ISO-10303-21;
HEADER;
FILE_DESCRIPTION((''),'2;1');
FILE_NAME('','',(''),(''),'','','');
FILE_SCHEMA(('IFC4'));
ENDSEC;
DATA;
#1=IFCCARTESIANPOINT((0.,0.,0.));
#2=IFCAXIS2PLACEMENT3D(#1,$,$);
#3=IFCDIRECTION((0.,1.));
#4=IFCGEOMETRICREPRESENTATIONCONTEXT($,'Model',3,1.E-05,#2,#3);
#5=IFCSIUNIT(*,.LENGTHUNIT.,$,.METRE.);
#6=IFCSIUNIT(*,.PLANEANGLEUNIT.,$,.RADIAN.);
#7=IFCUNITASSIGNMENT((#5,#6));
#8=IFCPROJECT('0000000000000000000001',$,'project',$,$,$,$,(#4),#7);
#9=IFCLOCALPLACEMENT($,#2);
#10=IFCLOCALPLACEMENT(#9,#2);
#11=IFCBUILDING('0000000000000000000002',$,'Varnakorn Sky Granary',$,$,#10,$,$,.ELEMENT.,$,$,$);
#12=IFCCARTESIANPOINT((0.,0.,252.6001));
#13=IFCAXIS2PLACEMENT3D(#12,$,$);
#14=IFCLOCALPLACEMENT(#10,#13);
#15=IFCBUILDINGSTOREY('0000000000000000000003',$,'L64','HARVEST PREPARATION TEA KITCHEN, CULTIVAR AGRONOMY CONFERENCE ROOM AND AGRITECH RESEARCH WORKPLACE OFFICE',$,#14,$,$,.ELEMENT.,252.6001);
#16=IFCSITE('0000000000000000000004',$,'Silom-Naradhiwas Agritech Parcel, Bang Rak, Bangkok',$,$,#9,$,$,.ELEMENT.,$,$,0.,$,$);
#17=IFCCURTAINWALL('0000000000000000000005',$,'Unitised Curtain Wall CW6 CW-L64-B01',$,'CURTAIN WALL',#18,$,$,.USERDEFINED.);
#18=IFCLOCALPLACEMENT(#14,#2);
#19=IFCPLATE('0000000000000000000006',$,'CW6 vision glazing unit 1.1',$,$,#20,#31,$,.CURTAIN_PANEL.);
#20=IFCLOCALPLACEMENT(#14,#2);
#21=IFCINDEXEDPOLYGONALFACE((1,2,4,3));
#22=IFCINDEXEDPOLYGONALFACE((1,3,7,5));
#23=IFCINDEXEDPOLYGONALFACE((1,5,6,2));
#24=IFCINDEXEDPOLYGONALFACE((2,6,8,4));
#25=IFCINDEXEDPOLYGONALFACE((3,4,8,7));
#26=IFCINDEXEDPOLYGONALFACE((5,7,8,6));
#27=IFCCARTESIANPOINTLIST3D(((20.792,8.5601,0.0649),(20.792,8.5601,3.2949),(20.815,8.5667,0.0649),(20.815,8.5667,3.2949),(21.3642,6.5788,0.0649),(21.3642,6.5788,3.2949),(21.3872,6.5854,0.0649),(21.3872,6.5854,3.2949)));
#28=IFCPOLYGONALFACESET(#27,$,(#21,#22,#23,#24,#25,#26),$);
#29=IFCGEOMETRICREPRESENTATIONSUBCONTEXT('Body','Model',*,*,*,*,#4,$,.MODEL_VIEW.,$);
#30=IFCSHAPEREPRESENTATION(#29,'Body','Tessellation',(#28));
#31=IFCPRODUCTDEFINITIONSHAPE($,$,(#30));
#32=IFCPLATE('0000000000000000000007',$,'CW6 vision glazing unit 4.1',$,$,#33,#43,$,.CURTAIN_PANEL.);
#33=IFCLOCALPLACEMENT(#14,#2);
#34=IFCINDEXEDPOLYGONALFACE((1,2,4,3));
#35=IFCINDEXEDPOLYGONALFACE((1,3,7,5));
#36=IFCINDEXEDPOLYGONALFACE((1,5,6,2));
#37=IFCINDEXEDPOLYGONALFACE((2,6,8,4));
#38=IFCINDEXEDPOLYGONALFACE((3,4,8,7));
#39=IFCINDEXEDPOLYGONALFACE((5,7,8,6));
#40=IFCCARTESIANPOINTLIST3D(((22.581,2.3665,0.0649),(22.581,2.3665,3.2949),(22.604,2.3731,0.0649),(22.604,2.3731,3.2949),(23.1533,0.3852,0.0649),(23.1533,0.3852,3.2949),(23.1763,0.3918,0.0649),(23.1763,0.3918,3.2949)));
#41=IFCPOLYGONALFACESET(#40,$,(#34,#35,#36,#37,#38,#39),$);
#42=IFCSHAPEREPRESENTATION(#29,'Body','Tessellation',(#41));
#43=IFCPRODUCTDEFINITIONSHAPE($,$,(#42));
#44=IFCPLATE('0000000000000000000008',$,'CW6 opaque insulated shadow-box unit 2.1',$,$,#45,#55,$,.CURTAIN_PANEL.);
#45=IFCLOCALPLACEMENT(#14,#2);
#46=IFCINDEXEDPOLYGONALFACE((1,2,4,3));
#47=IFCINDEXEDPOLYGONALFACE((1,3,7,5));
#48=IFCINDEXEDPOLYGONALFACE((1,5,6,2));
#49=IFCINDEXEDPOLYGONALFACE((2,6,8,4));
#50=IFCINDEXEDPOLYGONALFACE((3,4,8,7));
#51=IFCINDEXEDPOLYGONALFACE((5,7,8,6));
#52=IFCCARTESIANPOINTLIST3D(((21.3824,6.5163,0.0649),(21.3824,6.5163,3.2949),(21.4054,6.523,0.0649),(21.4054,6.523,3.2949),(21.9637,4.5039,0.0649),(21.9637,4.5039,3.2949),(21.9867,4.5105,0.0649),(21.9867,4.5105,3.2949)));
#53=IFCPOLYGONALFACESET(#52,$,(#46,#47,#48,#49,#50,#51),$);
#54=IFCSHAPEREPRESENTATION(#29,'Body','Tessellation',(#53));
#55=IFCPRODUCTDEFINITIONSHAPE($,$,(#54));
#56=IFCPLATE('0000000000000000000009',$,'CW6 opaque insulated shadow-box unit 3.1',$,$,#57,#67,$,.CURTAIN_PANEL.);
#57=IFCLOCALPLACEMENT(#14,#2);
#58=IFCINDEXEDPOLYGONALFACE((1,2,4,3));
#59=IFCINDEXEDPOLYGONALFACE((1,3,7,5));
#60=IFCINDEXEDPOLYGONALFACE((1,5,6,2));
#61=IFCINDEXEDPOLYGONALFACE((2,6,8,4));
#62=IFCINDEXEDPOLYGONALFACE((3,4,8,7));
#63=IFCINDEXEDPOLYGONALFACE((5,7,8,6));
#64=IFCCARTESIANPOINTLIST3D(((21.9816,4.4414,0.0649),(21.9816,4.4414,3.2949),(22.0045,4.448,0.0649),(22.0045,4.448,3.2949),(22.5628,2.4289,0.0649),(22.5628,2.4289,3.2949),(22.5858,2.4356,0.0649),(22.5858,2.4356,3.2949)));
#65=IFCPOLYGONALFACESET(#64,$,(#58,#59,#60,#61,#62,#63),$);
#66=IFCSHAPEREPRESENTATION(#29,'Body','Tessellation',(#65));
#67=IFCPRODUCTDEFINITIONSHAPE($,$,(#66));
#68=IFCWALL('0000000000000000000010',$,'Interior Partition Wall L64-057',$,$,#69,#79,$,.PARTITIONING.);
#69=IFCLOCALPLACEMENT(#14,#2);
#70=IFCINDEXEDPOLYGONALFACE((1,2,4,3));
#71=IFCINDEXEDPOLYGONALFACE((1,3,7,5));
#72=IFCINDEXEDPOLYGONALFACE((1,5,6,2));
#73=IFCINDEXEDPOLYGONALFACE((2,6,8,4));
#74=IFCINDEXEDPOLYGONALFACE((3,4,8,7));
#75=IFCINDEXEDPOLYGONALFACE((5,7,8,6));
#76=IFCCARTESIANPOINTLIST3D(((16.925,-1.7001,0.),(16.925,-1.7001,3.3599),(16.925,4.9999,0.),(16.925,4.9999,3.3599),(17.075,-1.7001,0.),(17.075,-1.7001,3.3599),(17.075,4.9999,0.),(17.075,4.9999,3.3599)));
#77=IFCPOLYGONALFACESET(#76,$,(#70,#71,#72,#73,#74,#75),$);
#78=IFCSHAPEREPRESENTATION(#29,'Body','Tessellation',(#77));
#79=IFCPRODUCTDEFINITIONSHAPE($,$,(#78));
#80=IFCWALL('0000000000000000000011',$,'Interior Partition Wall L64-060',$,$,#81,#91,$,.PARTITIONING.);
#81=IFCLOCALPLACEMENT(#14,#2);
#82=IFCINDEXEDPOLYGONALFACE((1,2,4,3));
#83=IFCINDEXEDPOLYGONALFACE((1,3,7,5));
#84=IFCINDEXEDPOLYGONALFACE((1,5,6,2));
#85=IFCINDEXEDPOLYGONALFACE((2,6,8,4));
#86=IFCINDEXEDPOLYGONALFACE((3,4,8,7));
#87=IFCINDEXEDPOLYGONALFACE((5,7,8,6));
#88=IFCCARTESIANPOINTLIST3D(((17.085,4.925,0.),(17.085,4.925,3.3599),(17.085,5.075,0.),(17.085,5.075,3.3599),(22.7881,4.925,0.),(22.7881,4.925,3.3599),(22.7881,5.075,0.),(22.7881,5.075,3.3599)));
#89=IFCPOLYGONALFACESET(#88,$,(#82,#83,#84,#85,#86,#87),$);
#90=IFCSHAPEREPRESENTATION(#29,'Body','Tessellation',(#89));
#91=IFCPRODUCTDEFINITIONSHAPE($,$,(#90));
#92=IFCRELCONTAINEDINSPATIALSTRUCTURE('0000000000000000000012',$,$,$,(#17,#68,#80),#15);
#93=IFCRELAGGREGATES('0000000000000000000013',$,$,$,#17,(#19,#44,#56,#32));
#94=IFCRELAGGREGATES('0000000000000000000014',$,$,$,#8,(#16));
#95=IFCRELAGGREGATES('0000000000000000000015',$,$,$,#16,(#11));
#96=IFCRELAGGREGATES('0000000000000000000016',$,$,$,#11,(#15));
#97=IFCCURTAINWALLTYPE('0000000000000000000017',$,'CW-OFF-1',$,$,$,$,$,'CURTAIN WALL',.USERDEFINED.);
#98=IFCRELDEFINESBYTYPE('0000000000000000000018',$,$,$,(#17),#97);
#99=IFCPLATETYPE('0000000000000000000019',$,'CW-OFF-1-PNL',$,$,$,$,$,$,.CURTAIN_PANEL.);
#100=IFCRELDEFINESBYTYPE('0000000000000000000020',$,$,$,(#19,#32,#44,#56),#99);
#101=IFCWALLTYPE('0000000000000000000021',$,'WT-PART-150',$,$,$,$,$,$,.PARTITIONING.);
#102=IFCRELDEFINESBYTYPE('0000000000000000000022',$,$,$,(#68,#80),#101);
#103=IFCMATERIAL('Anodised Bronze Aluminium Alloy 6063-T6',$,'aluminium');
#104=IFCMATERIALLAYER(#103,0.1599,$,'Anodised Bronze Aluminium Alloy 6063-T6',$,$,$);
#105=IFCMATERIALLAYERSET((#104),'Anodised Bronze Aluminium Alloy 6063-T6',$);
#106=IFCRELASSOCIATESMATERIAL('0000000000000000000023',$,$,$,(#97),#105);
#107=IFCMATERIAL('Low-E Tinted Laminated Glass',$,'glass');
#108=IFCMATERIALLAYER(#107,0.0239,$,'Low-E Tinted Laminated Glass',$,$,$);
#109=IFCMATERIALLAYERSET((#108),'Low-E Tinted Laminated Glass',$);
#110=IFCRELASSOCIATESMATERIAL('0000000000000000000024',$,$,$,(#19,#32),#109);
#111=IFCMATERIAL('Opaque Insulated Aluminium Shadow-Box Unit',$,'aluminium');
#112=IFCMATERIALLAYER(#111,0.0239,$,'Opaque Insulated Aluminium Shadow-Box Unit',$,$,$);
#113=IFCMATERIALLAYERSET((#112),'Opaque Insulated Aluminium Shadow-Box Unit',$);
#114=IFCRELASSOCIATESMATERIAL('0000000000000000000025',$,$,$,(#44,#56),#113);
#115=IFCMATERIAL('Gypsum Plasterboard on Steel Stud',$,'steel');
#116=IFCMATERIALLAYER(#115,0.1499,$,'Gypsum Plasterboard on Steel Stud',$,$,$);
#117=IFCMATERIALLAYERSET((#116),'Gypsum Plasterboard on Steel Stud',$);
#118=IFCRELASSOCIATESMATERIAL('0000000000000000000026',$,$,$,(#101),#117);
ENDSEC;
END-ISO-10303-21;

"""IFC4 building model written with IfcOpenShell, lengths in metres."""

from ifc_helpers import new_model, si_unit, direction, frame, frame_2d, origin, origin_2d, place, context, subcontext, project, spatial, rectangle, extrude, source, transform, mapped, material, layer, layer_set, type_object, type_shapes, element, aggregate, save


model = new_model("IFC4")

# Units and contexts
model_context = context("Model", 3, precision=1e-05, world=origin(), true_north=direction((0.0, 1.0)))
body_context = subcontext(model_context, "Body", "Model", "MODEL_VIEW")
ifc_project = project(units=[si_unit("LENGTHUNIT", "METRE"), si_unit("PLANEANGLEUNIT", "RADIAN")], contexts=[model_context])

# Site, building, storey
site_placement = place(None, origin())
site = spatial("IfcSite", under=ifc_project, at=site_placement, Name="Silom-Naradhiwas Agritech Parcel, Bang Rak, Bangkok", CompositionType="ELEMENT", RefElevation=0.0)
building_placement = place(site_placement, origin())
building = spatial("IfcBuilding", under=site, at=building_placement, Name="Varnakorn Sky Granary", CompositionType="ELEMENT")
storey_placement = place(building_placement, frame((0.0, 0.0, 252.6001)))
storey = spatial("IfcBuildingStorey", under=building, at=storey_placement, Name="L64", Description="HARVEST PREPARATION TEA KITCHEN, CULTIVAR AGRONOMY CONFERENCE ROOM AND AGRITECH RESEARCH WORKPLACE OFFICE", CompositionType="ELEMENT", Elevation=252.6001)

# Curtain wall
ifc_material_1 = material(Name="Anodised Bronze Aluminium Alloy 6063-T6", Category="aluminium")
ifc_layer_1 = layer(ifc_material_1, 0.1599, Name="Anodised Bronze Aluminium Alloy 6063-T6")
ifc_layer_set_1 = layer_set([ifc_layer_1], Name="Anodised Bronze Aluminium Alloy 6063-T6")
curtain_wall_type = type_object("IfcCurtainWallType", Name="CW-OFF-1", ElementType="CURTAIN WALL", PredefinedType="USERDEFINED", material=ifc_layer_set_1)
curtain_wall_placement = place(storey_placement, origin())
curtain_wall = element("IfcCurtainWall", 1, at=curtain_wall_placement, inside=storey, type_object=curtain_wall_type, Name="Unitised Curtain Wall CW6 CW-L64-B01", ObjectType="CURTAIN WALL", PredefinedType="USERDEFINED")

# Plates
ifc_material_2 = material(Name="Low-E Tinted Laminated Glass", Category="glass")
ifc_layer_2 = layer(ifc_material_2, 0.0239, Name="Low-E Tinted Laminated Glass")
ifc_layer_set_2 = layer_set([ifc_layer_2], Name="Low-E Tinted Laminated Glass")
plate_type = type_object("IfcPlateType", Name="CW-OFF-1-PNL", PredefinedType="CURTAIN_PANEL")
shared_shape_1 = source(origin(), body_context, "Body", "SweptSolid", [
    extrude(rectangle(XDim=2.0623, YDim=0.0239, at=origin_2d()), origin(), (0.0, 0.0, 1.0), 3.23),
])
plate_1_placement = place(storey_placement, frame((21.0896, 7.5728, 0.0649), z_axis=(0.0, 0.0, 1.0), x_axis=(0.277501, -0.960725, 0.0)))
plate_1 = element("IfcPlate", 2, at=plate_1_placement, type_object=plate_type, material=ifc_layer_set_2, Name="CW6 vision glazing unit 1.1", PredefinedType="CURTAIN_PANEL", context=body_context, shape_type="MappedRepresentation", body=[
    mapped(shared_shape_1, transform((0.0, 0.0, 0.0), x_axis=(1.0, 0.0, 0.0), y_axis=(0.0, 1.0, 0.0), z_axis=(0.0, 0.0, 1.0), scale=1.0)),
])
plate_2_placement = place(storey_placement, frame((22.8787, 1.3792, 0.0649), z_axis=(0.0, 0.0, 1.0), x_axis=(0.277501, -0.960725, 0.0)))
plate_2 = element("IfcPlate", 3, at=plate_2_placement, type_object=plate_type, material=ifc_layer_set_2, Name="CW6 vision glazing unit 4.1", PredefinedType="CURTAIN_PANEL", context=body_context, shape_type="MappedRepresentation", body=[
    mapped(shared_shape_1, transform((0.0, 0.0, 0.0), x_axis=(1.0, 0.0, 0.0), y_axis=(0.0, 1.0, 0.0), z_axis=(0.0, 0.0, 1.0), scale=1.0)),
])
ifc_material_3 = material(Name="Opaque Insulated Aluminium Shadow-Box Unit", Category="aluminium")
ifc_layer_3 = layer(ifc_material_3, 0.0239, Name="Opaque Insulated Aluminium Shadow-Box Unit")
ifc_layer_set_3 = layer_set([ifc_layer_3], Name="Opaque Insulated Aluminium Shadow-Box Unit")
shared_shape_2 = source(origin(), body_context, "Body", "SweptSolid", [
    extrude(rectangle(XDim=2.0947, YDim=0.0239, at=origin_2d()), origin(), (0.0, 0.0, 1.0), 3.23),
])
type_shapes(plate_type, [shared_shape_1, shared_shape_2])
plate_3_placement = place(storey_placement, frame((21.6846, 5.5134, 0.0649), z_axis=(0.0, 0.0, 1.0), x_axis=(0.277501, -0.960725, 0.0)))
plate_3 = element("IfcPlate", 4, at=plate_3_placement, type_object=plate_type, material=ifc_layer_set_3, Name="CW6 opaque insulated shadow-box unit 2.1", PredefinedType="CURTAIN_PANEL", context=body_context, shape_type="MappedRepresentation", body=[
    mapped(shared_shape_2, transform((0.0, 0.0, 0.0), x_axis=(1.0, 0.0, 0.0), y_axis=(0.0, 1.0, 0.0), z_axis=(0.0, 0.0, 1.0), scale=1.0)),
])
plate_4_placement = place(storey_placement, frame((22.2837, 3.4385, 0.0649), z_axis=(0.0, 0.0, 1.0), x_axis=(0.277501, -0.960725, 0.0)))
plate_4 = element("IfcPlate", 5, at=plate_4_placement, type_object=plate_type, material=ifc_layer_set_3, Name="CW6 opaque insulated shadow-box unit 3.1", PredefinedType="CURTAIN_PANEL", context=body_context, shape_type="MappedRepresentation", body=[
    mapped(shared_shape_2, transform((0.0, 0.0, 0.0), x_axis=(1.0, 0.0, 0.0), y_axis=(0.0, 1.0, 0.0), z_axis=(0.0, 0.0, 1.0), scale=1.0)),
])
aggregate(curtain_wall, [plate_1, plate_3, plate_4, plate_2])

# Walls
ifc_material_4 = material(Name="Gypsum Plasterboard on Steel Stud", Category="steel")
ifc_layer_4 = layer(ifc_material_4, 0.1499, Name="Gypsum Plasterboard on Steel Stud")
ifc_layer_set_4 = layer_set([ifc_layer_4], Name="Gypsum Plasterboard on Steel Stud")
wall_type = type_object("IfcWallType", Name="WT-PART-150", PredefinedType="PARTITIONING", material=ifc_layer_set_4)
wall_1_placement = place(storey_placement, frame((17.0, 5.0, 0.0), z_axis=(0.0, 0.0, 1.0), x_axis=(0.0, -1.0, 0.0)))
element("IfcWall", 6, at=wall_1_placement, inside=storey, type_object=wall_type, Name="Interior Partition Wall L64-057", PredefinedType="PARTITIONING", context=body_context, shape_type="SweptSolid", body=[
    extrude(rectangle(XDim=6.7, YDim=0.1499, at=frame_2d((3.3501, 0.0))), origin(), (0.0, 0.0, 1.0), 3.3599),
])
wall_2_placement = place(storey_placement, frame((17.085, 5.0, 0.0), z_axis=(0.0, 0.0, 1.0), x_axis=(1.0, 0.0, 0.0)))
element("IfcWall", 7, at=wall_2_placement, inside=storey, type_object=wall_type, Name="Interior Partition Wall L64-060", PredefinedType="PARTITIONING", context=body_context, shape_type="SweptSolid", body=[
    extrude(rectangle(XDim=5.7031, YDim=0.1499, at=frame_2d((2.8516, 0.0))), origin(), (0.0, 0.0, 1.0), 3.3599),
])

save(model, "model.ifc")
